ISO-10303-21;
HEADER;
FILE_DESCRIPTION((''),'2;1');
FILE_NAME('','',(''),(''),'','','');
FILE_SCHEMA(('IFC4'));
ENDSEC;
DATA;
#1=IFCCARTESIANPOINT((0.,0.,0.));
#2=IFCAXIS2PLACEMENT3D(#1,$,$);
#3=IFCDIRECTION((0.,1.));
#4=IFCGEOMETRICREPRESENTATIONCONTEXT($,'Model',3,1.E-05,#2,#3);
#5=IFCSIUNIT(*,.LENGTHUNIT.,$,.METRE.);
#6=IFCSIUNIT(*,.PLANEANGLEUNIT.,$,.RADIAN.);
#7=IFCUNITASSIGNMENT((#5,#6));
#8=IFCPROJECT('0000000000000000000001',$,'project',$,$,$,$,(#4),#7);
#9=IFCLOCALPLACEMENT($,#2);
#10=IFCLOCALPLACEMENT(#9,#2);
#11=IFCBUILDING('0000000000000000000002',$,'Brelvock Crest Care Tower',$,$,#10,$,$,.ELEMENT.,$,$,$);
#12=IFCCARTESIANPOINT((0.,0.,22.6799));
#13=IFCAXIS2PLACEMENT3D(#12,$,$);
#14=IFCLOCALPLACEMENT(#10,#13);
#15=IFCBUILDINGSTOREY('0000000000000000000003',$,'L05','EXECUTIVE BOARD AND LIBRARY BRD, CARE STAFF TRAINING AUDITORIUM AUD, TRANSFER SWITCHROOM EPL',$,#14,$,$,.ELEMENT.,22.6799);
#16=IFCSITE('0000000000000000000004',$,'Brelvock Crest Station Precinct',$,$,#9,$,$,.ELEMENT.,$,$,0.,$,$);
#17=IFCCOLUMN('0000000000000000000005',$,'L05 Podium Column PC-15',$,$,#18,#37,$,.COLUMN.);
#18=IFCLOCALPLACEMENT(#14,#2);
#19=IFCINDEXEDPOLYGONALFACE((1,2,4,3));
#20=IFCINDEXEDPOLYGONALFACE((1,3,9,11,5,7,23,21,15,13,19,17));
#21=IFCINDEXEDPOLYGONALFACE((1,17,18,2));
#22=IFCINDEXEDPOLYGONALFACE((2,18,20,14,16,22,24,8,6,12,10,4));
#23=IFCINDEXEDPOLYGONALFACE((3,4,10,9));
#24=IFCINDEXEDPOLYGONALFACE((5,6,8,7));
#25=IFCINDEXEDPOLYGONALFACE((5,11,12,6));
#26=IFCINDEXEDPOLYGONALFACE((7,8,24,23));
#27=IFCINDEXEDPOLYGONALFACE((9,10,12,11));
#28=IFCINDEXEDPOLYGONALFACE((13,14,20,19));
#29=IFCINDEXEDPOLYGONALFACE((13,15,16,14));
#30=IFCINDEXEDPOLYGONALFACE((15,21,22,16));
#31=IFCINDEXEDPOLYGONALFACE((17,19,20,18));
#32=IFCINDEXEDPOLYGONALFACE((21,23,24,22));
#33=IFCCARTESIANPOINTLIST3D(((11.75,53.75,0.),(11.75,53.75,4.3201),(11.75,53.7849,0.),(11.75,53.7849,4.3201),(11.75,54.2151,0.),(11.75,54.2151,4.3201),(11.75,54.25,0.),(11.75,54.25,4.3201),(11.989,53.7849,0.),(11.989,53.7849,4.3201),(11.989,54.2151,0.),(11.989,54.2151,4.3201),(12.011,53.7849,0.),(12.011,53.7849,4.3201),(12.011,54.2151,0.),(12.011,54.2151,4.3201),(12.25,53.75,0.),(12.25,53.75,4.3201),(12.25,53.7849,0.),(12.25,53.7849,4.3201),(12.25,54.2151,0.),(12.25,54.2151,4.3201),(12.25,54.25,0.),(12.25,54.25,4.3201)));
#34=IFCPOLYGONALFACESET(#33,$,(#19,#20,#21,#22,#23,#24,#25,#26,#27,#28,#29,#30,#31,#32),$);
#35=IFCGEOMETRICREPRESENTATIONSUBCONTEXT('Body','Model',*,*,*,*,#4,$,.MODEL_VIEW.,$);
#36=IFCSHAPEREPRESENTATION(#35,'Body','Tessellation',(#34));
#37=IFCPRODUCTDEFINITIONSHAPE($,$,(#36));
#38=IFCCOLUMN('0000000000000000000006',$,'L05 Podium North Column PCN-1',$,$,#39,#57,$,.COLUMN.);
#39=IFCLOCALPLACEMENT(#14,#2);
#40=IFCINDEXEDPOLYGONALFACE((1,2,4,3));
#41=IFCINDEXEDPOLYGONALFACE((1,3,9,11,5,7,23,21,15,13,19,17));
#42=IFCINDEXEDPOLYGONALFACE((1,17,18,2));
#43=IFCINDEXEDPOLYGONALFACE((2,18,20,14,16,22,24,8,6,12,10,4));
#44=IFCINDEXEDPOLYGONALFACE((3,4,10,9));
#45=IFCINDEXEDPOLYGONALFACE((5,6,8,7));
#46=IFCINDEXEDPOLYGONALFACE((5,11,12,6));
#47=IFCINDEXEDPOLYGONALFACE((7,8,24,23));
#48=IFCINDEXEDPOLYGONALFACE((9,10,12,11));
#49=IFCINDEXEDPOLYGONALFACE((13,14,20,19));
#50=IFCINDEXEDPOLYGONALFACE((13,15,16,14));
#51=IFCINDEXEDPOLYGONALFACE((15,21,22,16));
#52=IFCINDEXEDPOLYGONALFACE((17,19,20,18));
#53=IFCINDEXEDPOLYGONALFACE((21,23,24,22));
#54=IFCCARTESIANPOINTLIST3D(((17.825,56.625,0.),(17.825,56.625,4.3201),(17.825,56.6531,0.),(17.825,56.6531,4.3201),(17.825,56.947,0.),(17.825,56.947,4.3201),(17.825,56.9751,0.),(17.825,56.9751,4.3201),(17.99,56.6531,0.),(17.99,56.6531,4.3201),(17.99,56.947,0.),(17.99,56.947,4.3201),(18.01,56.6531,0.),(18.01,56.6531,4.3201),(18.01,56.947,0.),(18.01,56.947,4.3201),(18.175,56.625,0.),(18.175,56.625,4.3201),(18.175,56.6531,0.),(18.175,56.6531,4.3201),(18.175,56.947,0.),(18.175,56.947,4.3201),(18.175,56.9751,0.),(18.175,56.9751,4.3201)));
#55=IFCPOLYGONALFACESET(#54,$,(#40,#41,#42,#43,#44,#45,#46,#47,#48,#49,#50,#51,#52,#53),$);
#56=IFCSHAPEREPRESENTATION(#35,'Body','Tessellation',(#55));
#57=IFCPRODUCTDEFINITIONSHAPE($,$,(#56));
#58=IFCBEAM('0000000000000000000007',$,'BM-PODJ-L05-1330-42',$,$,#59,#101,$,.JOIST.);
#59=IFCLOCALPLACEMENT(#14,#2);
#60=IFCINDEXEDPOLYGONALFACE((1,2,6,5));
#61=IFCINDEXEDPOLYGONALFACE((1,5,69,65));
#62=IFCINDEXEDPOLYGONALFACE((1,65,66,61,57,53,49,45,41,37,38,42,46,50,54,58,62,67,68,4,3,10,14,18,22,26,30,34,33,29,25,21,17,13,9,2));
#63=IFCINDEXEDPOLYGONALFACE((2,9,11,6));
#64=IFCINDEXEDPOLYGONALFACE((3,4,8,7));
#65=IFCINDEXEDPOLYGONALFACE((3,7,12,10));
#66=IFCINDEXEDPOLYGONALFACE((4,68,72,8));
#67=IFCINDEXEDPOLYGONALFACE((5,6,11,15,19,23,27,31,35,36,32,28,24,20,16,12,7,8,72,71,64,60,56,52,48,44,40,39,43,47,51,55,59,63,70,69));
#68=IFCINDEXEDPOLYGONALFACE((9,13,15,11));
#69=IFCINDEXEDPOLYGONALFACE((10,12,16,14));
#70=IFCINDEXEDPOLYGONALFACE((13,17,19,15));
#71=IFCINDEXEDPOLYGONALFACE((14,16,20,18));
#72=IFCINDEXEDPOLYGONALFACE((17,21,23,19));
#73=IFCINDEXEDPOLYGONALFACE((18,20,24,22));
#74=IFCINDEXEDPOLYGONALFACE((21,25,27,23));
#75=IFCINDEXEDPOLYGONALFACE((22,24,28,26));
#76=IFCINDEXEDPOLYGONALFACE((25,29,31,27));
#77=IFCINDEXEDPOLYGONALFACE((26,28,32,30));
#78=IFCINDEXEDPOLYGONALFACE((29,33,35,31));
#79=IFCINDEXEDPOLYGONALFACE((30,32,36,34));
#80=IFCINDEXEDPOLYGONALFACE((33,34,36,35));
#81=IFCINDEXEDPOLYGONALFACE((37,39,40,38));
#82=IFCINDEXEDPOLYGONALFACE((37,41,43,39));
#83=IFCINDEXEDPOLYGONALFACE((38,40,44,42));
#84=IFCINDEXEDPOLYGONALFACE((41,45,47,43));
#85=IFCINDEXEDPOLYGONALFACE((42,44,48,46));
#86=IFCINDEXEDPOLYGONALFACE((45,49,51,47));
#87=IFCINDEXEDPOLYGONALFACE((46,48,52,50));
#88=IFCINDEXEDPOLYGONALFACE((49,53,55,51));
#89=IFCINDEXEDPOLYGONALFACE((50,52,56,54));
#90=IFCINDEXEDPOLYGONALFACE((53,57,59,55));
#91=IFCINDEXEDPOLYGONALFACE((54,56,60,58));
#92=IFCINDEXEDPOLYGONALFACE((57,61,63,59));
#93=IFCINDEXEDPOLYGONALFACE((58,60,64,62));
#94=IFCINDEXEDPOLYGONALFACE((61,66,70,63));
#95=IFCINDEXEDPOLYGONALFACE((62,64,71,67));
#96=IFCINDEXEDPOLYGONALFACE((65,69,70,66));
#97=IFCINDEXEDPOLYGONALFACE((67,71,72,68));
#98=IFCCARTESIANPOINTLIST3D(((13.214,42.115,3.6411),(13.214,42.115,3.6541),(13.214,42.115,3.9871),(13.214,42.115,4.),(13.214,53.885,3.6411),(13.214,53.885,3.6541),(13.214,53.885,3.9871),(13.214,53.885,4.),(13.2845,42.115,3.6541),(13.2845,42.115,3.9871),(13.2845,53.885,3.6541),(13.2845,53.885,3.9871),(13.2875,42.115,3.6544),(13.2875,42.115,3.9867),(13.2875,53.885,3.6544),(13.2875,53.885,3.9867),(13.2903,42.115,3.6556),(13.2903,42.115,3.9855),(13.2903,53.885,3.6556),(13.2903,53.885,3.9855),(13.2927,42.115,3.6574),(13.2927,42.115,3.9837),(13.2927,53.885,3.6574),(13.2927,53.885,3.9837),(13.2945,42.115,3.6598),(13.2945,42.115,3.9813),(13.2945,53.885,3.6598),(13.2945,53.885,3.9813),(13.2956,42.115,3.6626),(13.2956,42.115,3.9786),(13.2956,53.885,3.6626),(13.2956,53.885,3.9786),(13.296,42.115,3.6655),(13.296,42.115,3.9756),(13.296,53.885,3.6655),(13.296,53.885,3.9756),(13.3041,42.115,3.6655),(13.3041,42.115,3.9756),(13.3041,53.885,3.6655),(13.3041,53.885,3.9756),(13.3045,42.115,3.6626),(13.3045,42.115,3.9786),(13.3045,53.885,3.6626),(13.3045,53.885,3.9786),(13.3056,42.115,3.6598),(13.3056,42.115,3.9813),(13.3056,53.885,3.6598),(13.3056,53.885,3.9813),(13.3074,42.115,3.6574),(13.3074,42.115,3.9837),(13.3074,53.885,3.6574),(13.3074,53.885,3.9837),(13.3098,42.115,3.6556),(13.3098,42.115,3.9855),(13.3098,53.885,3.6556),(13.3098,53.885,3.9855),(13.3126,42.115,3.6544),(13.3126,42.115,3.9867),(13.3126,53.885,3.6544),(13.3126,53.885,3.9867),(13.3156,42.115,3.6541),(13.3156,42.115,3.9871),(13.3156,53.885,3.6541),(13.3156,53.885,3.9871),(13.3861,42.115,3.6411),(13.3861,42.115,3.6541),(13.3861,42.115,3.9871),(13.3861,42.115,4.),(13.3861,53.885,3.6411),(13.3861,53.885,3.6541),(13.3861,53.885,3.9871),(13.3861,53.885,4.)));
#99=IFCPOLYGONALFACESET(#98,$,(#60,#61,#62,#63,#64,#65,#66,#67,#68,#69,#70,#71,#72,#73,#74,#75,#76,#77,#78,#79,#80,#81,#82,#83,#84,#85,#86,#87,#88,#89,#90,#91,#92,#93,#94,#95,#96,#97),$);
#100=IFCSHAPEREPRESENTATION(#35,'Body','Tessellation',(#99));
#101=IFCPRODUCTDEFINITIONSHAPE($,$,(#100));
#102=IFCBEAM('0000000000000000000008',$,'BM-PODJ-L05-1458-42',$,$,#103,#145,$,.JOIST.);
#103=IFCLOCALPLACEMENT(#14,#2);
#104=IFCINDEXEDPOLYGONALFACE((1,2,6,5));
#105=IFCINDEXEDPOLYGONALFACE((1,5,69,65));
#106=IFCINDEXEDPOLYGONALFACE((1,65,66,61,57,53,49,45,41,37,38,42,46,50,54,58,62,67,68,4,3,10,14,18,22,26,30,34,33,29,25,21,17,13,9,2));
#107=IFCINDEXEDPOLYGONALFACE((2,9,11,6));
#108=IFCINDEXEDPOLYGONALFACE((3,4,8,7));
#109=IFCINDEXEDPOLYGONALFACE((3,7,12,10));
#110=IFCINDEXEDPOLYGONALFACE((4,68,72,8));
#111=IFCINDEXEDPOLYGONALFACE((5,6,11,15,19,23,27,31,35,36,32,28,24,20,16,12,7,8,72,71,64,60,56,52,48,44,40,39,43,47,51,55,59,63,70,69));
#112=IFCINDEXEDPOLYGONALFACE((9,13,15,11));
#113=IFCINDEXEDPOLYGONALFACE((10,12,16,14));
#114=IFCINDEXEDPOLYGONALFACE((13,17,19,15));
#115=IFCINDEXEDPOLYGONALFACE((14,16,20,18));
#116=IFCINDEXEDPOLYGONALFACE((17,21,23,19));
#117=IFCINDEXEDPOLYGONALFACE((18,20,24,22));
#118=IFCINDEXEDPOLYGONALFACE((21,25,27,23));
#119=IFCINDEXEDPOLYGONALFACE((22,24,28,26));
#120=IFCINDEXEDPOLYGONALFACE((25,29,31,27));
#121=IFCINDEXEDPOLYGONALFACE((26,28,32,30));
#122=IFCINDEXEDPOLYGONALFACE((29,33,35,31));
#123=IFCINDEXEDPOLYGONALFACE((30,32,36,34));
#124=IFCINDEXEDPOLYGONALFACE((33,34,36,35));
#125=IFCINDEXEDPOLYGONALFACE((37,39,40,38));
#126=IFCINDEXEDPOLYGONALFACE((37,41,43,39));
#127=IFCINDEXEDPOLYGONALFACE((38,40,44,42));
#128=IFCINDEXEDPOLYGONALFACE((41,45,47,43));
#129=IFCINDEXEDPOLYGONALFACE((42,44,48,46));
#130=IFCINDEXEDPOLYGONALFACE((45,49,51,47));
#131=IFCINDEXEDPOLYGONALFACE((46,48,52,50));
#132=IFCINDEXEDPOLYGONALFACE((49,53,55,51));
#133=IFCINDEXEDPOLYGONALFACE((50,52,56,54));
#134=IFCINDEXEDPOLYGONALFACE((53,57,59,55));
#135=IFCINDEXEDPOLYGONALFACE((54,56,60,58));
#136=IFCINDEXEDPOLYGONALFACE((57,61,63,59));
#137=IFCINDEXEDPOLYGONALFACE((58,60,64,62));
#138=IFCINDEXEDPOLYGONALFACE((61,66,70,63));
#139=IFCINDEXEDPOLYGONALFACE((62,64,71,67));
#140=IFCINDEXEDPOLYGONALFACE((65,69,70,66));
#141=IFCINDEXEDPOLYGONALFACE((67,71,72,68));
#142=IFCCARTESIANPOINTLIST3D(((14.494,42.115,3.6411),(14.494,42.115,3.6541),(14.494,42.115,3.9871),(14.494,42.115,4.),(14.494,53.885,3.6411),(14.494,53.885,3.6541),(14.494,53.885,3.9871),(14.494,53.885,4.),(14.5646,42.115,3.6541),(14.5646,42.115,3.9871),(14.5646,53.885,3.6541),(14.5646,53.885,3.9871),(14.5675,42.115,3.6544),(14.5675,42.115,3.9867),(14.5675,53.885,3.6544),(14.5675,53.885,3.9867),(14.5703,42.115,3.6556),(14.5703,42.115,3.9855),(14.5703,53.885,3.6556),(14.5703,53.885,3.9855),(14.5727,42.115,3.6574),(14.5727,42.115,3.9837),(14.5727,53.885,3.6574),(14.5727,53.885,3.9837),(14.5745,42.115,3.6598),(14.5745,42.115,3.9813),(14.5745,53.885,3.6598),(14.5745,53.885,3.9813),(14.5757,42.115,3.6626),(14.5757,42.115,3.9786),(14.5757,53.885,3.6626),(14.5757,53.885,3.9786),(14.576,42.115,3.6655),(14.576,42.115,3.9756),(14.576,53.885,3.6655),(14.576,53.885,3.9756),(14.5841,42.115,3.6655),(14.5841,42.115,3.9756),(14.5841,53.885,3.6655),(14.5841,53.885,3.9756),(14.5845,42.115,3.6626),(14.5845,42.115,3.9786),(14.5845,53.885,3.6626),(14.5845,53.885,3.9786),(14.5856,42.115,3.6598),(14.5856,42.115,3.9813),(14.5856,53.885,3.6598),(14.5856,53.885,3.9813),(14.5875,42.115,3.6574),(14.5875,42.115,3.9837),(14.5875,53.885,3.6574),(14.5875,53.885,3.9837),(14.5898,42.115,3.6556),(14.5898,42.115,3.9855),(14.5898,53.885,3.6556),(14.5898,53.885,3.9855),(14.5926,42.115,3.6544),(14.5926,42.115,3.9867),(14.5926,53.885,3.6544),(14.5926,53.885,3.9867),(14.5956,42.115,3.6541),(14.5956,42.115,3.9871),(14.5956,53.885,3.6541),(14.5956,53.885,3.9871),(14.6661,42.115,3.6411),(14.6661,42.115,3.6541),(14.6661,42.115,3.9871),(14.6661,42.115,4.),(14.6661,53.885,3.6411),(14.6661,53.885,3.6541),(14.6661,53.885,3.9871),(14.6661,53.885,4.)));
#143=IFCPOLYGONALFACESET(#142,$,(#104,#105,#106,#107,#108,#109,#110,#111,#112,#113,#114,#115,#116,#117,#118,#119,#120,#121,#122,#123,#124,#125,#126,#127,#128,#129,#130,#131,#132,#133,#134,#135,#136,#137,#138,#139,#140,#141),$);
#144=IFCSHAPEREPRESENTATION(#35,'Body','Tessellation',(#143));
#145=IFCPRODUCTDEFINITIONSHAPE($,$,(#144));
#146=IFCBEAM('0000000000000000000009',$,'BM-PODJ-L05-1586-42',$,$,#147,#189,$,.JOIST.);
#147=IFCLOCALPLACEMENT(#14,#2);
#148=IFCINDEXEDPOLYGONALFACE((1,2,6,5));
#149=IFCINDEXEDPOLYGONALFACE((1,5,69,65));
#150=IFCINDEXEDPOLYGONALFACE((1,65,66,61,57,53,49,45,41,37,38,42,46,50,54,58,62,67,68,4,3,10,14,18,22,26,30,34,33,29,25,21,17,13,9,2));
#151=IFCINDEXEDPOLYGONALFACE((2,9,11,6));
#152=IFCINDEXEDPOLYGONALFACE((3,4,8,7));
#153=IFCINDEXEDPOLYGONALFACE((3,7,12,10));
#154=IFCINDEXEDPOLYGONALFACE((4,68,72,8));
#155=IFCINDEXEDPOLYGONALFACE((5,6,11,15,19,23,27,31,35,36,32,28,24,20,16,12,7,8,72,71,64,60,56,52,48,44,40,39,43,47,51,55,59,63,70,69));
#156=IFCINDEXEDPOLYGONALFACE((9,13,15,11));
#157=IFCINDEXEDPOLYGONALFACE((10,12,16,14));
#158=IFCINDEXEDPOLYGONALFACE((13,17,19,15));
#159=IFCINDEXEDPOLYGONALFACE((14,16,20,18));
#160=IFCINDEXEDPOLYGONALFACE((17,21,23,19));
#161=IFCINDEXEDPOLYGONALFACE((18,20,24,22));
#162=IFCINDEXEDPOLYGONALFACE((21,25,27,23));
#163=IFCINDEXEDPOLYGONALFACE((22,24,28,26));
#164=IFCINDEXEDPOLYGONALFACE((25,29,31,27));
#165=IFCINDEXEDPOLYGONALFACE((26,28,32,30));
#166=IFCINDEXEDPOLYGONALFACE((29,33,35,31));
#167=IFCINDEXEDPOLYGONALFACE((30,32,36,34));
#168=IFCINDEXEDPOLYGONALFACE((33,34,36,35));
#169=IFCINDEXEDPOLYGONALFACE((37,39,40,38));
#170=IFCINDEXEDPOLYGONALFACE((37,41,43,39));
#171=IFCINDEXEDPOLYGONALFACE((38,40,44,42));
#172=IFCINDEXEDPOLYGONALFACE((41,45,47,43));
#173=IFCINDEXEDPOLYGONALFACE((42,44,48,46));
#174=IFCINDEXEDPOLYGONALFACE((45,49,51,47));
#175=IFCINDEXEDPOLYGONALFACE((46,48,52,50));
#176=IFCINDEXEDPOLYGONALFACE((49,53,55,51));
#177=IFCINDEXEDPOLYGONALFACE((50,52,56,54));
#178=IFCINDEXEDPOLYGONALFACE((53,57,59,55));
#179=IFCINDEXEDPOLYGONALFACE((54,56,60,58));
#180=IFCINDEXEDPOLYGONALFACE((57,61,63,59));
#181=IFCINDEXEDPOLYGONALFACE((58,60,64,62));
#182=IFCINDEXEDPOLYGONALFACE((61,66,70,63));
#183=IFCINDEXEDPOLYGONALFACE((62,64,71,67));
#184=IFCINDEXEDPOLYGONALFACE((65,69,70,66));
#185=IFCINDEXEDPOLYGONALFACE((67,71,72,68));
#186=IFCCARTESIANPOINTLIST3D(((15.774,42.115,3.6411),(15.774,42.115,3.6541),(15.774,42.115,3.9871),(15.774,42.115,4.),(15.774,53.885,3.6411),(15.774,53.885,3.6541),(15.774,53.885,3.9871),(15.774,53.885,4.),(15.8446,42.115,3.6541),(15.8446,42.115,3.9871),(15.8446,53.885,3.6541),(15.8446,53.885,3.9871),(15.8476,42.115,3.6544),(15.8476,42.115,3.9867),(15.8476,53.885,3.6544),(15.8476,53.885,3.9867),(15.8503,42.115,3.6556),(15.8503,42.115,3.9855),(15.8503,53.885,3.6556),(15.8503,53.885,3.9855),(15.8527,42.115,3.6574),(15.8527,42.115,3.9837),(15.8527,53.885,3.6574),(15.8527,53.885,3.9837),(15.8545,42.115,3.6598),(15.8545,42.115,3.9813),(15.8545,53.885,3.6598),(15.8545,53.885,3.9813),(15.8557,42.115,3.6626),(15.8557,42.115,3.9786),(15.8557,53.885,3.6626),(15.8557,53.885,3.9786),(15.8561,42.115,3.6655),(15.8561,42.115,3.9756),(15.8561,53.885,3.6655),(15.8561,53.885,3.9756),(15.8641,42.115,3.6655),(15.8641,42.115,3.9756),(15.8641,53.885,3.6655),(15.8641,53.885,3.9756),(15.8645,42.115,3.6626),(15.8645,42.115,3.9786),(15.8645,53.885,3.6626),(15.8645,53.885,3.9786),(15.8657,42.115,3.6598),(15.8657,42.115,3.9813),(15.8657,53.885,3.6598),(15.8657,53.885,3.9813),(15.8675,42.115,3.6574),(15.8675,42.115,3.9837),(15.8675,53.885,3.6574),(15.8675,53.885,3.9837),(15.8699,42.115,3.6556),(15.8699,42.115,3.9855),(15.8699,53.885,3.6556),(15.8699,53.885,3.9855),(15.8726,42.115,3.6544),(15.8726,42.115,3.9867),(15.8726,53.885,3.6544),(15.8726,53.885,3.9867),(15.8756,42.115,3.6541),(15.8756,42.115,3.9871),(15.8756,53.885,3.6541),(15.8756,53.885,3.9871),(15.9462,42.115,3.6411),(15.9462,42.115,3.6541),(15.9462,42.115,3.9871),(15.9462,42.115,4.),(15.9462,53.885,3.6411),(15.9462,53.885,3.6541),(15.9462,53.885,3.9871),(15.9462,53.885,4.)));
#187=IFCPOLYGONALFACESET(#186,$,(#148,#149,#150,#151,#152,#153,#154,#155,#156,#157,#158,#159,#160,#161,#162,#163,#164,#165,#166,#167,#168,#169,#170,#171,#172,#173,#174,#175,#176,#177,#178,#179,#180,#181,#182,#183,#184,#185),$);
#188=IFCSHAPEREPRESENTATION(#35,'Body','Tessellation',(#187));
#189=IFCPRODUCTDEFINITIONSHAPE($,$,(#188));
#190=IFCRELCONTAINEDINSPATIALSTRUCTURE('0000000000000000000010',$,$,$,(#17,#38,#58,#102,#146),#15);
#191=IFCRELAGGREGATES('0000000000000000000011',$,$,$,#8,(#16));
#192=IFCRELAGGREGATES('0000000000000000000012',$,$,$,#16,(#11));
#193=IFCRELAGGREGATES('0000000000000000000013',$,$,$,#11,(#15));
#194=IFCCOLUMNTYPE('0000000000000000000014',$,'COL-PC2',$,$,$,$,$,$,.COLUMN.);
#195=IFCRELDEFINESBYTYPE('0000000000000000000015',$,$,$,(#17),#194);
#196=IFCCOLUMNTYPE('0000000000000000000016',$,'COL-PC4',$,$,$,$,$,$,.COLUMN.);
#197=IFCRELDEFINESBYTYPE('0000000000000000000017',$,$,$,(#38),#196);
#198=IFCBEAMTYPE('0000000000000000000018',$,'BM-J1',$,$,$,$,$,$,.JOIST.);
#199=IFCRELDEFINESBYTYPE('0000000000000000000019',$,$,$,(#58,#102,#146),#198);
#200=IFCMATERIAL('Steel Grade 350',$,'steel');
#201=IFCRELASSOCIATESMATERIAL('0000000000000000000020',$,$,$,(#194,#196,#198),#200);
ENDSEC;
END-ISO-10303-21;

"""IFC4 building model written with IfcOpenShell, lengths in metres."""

from ifc_helpers import new_model, si_unit, direction, frame, origin, origin_2d, place, context, subcontext, project, spatial, i_section, extrude, source, transform, mapped, material, material_profile, profile_set, type_object, element, save


model = new_model("IFC4")

# Units and contexts
model_context = context("Model", 3, precision=1e-05, world=origin(), true_north=direction((0.0, 1.0)))
body_context = subcontext(model_context, "Body", "Model", "MODEL_VIEW")
ifc_project = project(units=[si_unit("LENGTHUNIT", "METRE"), si_unit("PLANEANGLEUNIT", "RADIAN")], contexts=[model_context])

# Site, building, storey
site_placement = place(None, origin())
site = spatial("IfcSite", under=ifc_project, at=site_placement, Name="Brelvock Crest Station Precinct", CompositionType="ELEMENT", RefElevation=0.0)
building_placement = place(site_placement, origin())
building = spatial("IfcBuilding", under=site, at=building_placement, Name="Brelvock Crest Care Tower", CompositionType="ELEMENT")
storey_placement = place(building_placement, frame((0.0, 0.0, 22.6799)))
storey = spatial("IfcBuildingStorey", under=building, at=storey_placement, Name="L05", Description="EXECUTIVE BOARD AND LIBRARY BRD, CARE STAFF TRAINING AUDITORIUM AUD, TRANSFER SWITCHROOM EPL", CompositionType="ELEMENT", Elevation=22.6799)

# Columns
ifc_material_1 = material(Name="Steel Grade 350", Category="steel")
ifc_material_profile_1 = material_profile(ifc_material_1, i_section(OverallWidth=0.5, OverallDepth=0.5, WebThickness=0.022, FlangeThickness=0.0349, at=origin_2d()), Name="500WC340")
ifc_profile_set_1 = profile_set([ifc_material_profile_1], Name="Steel Grade 350")
column_type_1 = type_object("IfcColumnType", Name="COL-PC2", PredefinedType="COLUMN", material=ifc_profile_set_1)
shared_shape_1 = source(origin(), body_context, "Body", "SweptSolid", [
    extrude(i_section(OverallWidth=0.5, OverallDepth=0.5, WebThickness=0.022, FlangeThickness=0.0349, at=origin_2d()), origin(), (0.0, 0.0, 1.0), 4.3201),
])
column_1_placement = place(storey_placement, frame((12.0, 54.0, 0.0), z_axis=(0.0, 0.0, 1.0), x_axis=(1.0, 0.0, 0.0)))
element("IfcColumn", 1, at=column_1_placement, inside=storey, type_object=column_type_1, Name="L05 Podium Column PC-15", PredefinedType="COLUMN", context=body_context, shape_type="MappedRepresentation", body=[
    mapped(shared_shape_1, transform((0.0, 0.0, 0.0), x_axis=(1.0, 0.0, 0.0), y_axis=(0.0, 1.0, 0.0), z_axis=(0.0, 0.0, 1.0), scale=1.0)),
])
ifc_material_profile_2 = material_profile(ifc_material_1, i_section(OverallWidth=0.3501, OverallDepth=0.3501, WebThickness=0.02, FlangeThickness=0.0281, at=origin_2d()), Name="350WC197")
ifc_profile_set_2 = profile_set([ifc_material_profile_2], Name="Steel Grade 350")
column_type_2 = type_object("IfcColumnType", Name="COL-PC4", PredefinedType="COLUMN", material=ifc_profile_set_2)
shared_shape_2 = source(origin(), body_context, "Body", "SweptSolid", [
    extrude(i_section(OverallWidth=0.3501, OverallDepth=0.3501, WebThickness=0.02, FlangeThickness=0.0281, at=origin_2d()), origin(), (0.0, 0.0, 1.0), 4.3201),
])
column_2_placement = place(storey_placement, frame((18.0, 56.8, 0.0), z_axis=(0.0, 0.0, 1.0), x_axis=(1.0, 0.0, 0.0)))
element("IfcColumn", 2, at=column_2_placement, inside=storey, type_object=column_type_2, Name="L05 Podium North Column PCN-1", PredefinedType="COLUMN", context=body_context, shape_type="MappedRepresentation", body=[
    mapped(shared_shape_2, transform((0.0, 0.0, 0.0), x_axis=(1.0, 0.0, 0.0), y_axis=(0.0, 1.0, 0.0), z_axis=(0.0, 0.0, 1.0), scale=1.0)),
])

# Beams
ifc_material_profile_3 = material_profile(ifc_material_1, i_section(OverallWidth=0.1721, OverallDepth=0.3589, WebThickness=0.0081, FlangeThickness=0.0129, FilletRadius=0.0115, at=origin_2d()), Name="360UB56.7")
ifc_profile_set_3 = profile_set([ifc_material_profile_3], Name="Steel Grade 350")
beam_type_1 = type_object("IfcBeamType", Name="BM-J1", PredefinedType="JOIST", material=ifc_profile_set_3)
shared_shape_3 = source(origin(), body_context, "Body", "SweptSolid", [
    extrude(i_section(OverallWidth=0.1721, OverallDepth=0.3589, WebThickness=0.0081, FlangeThickness=0.0129, FilletRadius=0.0115, at=origin_2d()), origin(), (0.0, 0.0, 1.0), 11.77),
])
for number, where, z_axis, x_axis, name in (
    (3, (13.3, 42.115, 3.8206), (0.0, 1.0, 0.0), (-1.0, 0.0, 0.0), "BM-PODJ-L05-1330-42"),
    (4, (14.5801, 42.115, 3.8206), (0.0, 1.0, 0.0), (-1.0, 0.0, 0.0), "BM-PODJ-L05-1458-42"),
    (5, (15.8601, 42.115, 3.8206), (0.0, 1.0, 0.0), (-1.0, 0.0, 0.0), "BM-PODJ-L05-1586-42"),
):
    element("IfcBeam", number, at=place(storey_placement, frame(where, z_axis=z_axis, x_axis=x_axis)), inside=storey, type_object=beam_type_1, Name=name, PredefinedType="JOIST", context=body_context, shape_type="MappedRepresentation", body=[
        mapped(shared_shape_3, transform((0.0, 0.0, 0.0), x_axis=(1.0, 0.0, 0.0), y_axis=(0.0, 1.0, 0.0), z_axis=(0.0, 0.0, 1.0), scale=1.0)),
    ])

save(model, "model.ifc")
